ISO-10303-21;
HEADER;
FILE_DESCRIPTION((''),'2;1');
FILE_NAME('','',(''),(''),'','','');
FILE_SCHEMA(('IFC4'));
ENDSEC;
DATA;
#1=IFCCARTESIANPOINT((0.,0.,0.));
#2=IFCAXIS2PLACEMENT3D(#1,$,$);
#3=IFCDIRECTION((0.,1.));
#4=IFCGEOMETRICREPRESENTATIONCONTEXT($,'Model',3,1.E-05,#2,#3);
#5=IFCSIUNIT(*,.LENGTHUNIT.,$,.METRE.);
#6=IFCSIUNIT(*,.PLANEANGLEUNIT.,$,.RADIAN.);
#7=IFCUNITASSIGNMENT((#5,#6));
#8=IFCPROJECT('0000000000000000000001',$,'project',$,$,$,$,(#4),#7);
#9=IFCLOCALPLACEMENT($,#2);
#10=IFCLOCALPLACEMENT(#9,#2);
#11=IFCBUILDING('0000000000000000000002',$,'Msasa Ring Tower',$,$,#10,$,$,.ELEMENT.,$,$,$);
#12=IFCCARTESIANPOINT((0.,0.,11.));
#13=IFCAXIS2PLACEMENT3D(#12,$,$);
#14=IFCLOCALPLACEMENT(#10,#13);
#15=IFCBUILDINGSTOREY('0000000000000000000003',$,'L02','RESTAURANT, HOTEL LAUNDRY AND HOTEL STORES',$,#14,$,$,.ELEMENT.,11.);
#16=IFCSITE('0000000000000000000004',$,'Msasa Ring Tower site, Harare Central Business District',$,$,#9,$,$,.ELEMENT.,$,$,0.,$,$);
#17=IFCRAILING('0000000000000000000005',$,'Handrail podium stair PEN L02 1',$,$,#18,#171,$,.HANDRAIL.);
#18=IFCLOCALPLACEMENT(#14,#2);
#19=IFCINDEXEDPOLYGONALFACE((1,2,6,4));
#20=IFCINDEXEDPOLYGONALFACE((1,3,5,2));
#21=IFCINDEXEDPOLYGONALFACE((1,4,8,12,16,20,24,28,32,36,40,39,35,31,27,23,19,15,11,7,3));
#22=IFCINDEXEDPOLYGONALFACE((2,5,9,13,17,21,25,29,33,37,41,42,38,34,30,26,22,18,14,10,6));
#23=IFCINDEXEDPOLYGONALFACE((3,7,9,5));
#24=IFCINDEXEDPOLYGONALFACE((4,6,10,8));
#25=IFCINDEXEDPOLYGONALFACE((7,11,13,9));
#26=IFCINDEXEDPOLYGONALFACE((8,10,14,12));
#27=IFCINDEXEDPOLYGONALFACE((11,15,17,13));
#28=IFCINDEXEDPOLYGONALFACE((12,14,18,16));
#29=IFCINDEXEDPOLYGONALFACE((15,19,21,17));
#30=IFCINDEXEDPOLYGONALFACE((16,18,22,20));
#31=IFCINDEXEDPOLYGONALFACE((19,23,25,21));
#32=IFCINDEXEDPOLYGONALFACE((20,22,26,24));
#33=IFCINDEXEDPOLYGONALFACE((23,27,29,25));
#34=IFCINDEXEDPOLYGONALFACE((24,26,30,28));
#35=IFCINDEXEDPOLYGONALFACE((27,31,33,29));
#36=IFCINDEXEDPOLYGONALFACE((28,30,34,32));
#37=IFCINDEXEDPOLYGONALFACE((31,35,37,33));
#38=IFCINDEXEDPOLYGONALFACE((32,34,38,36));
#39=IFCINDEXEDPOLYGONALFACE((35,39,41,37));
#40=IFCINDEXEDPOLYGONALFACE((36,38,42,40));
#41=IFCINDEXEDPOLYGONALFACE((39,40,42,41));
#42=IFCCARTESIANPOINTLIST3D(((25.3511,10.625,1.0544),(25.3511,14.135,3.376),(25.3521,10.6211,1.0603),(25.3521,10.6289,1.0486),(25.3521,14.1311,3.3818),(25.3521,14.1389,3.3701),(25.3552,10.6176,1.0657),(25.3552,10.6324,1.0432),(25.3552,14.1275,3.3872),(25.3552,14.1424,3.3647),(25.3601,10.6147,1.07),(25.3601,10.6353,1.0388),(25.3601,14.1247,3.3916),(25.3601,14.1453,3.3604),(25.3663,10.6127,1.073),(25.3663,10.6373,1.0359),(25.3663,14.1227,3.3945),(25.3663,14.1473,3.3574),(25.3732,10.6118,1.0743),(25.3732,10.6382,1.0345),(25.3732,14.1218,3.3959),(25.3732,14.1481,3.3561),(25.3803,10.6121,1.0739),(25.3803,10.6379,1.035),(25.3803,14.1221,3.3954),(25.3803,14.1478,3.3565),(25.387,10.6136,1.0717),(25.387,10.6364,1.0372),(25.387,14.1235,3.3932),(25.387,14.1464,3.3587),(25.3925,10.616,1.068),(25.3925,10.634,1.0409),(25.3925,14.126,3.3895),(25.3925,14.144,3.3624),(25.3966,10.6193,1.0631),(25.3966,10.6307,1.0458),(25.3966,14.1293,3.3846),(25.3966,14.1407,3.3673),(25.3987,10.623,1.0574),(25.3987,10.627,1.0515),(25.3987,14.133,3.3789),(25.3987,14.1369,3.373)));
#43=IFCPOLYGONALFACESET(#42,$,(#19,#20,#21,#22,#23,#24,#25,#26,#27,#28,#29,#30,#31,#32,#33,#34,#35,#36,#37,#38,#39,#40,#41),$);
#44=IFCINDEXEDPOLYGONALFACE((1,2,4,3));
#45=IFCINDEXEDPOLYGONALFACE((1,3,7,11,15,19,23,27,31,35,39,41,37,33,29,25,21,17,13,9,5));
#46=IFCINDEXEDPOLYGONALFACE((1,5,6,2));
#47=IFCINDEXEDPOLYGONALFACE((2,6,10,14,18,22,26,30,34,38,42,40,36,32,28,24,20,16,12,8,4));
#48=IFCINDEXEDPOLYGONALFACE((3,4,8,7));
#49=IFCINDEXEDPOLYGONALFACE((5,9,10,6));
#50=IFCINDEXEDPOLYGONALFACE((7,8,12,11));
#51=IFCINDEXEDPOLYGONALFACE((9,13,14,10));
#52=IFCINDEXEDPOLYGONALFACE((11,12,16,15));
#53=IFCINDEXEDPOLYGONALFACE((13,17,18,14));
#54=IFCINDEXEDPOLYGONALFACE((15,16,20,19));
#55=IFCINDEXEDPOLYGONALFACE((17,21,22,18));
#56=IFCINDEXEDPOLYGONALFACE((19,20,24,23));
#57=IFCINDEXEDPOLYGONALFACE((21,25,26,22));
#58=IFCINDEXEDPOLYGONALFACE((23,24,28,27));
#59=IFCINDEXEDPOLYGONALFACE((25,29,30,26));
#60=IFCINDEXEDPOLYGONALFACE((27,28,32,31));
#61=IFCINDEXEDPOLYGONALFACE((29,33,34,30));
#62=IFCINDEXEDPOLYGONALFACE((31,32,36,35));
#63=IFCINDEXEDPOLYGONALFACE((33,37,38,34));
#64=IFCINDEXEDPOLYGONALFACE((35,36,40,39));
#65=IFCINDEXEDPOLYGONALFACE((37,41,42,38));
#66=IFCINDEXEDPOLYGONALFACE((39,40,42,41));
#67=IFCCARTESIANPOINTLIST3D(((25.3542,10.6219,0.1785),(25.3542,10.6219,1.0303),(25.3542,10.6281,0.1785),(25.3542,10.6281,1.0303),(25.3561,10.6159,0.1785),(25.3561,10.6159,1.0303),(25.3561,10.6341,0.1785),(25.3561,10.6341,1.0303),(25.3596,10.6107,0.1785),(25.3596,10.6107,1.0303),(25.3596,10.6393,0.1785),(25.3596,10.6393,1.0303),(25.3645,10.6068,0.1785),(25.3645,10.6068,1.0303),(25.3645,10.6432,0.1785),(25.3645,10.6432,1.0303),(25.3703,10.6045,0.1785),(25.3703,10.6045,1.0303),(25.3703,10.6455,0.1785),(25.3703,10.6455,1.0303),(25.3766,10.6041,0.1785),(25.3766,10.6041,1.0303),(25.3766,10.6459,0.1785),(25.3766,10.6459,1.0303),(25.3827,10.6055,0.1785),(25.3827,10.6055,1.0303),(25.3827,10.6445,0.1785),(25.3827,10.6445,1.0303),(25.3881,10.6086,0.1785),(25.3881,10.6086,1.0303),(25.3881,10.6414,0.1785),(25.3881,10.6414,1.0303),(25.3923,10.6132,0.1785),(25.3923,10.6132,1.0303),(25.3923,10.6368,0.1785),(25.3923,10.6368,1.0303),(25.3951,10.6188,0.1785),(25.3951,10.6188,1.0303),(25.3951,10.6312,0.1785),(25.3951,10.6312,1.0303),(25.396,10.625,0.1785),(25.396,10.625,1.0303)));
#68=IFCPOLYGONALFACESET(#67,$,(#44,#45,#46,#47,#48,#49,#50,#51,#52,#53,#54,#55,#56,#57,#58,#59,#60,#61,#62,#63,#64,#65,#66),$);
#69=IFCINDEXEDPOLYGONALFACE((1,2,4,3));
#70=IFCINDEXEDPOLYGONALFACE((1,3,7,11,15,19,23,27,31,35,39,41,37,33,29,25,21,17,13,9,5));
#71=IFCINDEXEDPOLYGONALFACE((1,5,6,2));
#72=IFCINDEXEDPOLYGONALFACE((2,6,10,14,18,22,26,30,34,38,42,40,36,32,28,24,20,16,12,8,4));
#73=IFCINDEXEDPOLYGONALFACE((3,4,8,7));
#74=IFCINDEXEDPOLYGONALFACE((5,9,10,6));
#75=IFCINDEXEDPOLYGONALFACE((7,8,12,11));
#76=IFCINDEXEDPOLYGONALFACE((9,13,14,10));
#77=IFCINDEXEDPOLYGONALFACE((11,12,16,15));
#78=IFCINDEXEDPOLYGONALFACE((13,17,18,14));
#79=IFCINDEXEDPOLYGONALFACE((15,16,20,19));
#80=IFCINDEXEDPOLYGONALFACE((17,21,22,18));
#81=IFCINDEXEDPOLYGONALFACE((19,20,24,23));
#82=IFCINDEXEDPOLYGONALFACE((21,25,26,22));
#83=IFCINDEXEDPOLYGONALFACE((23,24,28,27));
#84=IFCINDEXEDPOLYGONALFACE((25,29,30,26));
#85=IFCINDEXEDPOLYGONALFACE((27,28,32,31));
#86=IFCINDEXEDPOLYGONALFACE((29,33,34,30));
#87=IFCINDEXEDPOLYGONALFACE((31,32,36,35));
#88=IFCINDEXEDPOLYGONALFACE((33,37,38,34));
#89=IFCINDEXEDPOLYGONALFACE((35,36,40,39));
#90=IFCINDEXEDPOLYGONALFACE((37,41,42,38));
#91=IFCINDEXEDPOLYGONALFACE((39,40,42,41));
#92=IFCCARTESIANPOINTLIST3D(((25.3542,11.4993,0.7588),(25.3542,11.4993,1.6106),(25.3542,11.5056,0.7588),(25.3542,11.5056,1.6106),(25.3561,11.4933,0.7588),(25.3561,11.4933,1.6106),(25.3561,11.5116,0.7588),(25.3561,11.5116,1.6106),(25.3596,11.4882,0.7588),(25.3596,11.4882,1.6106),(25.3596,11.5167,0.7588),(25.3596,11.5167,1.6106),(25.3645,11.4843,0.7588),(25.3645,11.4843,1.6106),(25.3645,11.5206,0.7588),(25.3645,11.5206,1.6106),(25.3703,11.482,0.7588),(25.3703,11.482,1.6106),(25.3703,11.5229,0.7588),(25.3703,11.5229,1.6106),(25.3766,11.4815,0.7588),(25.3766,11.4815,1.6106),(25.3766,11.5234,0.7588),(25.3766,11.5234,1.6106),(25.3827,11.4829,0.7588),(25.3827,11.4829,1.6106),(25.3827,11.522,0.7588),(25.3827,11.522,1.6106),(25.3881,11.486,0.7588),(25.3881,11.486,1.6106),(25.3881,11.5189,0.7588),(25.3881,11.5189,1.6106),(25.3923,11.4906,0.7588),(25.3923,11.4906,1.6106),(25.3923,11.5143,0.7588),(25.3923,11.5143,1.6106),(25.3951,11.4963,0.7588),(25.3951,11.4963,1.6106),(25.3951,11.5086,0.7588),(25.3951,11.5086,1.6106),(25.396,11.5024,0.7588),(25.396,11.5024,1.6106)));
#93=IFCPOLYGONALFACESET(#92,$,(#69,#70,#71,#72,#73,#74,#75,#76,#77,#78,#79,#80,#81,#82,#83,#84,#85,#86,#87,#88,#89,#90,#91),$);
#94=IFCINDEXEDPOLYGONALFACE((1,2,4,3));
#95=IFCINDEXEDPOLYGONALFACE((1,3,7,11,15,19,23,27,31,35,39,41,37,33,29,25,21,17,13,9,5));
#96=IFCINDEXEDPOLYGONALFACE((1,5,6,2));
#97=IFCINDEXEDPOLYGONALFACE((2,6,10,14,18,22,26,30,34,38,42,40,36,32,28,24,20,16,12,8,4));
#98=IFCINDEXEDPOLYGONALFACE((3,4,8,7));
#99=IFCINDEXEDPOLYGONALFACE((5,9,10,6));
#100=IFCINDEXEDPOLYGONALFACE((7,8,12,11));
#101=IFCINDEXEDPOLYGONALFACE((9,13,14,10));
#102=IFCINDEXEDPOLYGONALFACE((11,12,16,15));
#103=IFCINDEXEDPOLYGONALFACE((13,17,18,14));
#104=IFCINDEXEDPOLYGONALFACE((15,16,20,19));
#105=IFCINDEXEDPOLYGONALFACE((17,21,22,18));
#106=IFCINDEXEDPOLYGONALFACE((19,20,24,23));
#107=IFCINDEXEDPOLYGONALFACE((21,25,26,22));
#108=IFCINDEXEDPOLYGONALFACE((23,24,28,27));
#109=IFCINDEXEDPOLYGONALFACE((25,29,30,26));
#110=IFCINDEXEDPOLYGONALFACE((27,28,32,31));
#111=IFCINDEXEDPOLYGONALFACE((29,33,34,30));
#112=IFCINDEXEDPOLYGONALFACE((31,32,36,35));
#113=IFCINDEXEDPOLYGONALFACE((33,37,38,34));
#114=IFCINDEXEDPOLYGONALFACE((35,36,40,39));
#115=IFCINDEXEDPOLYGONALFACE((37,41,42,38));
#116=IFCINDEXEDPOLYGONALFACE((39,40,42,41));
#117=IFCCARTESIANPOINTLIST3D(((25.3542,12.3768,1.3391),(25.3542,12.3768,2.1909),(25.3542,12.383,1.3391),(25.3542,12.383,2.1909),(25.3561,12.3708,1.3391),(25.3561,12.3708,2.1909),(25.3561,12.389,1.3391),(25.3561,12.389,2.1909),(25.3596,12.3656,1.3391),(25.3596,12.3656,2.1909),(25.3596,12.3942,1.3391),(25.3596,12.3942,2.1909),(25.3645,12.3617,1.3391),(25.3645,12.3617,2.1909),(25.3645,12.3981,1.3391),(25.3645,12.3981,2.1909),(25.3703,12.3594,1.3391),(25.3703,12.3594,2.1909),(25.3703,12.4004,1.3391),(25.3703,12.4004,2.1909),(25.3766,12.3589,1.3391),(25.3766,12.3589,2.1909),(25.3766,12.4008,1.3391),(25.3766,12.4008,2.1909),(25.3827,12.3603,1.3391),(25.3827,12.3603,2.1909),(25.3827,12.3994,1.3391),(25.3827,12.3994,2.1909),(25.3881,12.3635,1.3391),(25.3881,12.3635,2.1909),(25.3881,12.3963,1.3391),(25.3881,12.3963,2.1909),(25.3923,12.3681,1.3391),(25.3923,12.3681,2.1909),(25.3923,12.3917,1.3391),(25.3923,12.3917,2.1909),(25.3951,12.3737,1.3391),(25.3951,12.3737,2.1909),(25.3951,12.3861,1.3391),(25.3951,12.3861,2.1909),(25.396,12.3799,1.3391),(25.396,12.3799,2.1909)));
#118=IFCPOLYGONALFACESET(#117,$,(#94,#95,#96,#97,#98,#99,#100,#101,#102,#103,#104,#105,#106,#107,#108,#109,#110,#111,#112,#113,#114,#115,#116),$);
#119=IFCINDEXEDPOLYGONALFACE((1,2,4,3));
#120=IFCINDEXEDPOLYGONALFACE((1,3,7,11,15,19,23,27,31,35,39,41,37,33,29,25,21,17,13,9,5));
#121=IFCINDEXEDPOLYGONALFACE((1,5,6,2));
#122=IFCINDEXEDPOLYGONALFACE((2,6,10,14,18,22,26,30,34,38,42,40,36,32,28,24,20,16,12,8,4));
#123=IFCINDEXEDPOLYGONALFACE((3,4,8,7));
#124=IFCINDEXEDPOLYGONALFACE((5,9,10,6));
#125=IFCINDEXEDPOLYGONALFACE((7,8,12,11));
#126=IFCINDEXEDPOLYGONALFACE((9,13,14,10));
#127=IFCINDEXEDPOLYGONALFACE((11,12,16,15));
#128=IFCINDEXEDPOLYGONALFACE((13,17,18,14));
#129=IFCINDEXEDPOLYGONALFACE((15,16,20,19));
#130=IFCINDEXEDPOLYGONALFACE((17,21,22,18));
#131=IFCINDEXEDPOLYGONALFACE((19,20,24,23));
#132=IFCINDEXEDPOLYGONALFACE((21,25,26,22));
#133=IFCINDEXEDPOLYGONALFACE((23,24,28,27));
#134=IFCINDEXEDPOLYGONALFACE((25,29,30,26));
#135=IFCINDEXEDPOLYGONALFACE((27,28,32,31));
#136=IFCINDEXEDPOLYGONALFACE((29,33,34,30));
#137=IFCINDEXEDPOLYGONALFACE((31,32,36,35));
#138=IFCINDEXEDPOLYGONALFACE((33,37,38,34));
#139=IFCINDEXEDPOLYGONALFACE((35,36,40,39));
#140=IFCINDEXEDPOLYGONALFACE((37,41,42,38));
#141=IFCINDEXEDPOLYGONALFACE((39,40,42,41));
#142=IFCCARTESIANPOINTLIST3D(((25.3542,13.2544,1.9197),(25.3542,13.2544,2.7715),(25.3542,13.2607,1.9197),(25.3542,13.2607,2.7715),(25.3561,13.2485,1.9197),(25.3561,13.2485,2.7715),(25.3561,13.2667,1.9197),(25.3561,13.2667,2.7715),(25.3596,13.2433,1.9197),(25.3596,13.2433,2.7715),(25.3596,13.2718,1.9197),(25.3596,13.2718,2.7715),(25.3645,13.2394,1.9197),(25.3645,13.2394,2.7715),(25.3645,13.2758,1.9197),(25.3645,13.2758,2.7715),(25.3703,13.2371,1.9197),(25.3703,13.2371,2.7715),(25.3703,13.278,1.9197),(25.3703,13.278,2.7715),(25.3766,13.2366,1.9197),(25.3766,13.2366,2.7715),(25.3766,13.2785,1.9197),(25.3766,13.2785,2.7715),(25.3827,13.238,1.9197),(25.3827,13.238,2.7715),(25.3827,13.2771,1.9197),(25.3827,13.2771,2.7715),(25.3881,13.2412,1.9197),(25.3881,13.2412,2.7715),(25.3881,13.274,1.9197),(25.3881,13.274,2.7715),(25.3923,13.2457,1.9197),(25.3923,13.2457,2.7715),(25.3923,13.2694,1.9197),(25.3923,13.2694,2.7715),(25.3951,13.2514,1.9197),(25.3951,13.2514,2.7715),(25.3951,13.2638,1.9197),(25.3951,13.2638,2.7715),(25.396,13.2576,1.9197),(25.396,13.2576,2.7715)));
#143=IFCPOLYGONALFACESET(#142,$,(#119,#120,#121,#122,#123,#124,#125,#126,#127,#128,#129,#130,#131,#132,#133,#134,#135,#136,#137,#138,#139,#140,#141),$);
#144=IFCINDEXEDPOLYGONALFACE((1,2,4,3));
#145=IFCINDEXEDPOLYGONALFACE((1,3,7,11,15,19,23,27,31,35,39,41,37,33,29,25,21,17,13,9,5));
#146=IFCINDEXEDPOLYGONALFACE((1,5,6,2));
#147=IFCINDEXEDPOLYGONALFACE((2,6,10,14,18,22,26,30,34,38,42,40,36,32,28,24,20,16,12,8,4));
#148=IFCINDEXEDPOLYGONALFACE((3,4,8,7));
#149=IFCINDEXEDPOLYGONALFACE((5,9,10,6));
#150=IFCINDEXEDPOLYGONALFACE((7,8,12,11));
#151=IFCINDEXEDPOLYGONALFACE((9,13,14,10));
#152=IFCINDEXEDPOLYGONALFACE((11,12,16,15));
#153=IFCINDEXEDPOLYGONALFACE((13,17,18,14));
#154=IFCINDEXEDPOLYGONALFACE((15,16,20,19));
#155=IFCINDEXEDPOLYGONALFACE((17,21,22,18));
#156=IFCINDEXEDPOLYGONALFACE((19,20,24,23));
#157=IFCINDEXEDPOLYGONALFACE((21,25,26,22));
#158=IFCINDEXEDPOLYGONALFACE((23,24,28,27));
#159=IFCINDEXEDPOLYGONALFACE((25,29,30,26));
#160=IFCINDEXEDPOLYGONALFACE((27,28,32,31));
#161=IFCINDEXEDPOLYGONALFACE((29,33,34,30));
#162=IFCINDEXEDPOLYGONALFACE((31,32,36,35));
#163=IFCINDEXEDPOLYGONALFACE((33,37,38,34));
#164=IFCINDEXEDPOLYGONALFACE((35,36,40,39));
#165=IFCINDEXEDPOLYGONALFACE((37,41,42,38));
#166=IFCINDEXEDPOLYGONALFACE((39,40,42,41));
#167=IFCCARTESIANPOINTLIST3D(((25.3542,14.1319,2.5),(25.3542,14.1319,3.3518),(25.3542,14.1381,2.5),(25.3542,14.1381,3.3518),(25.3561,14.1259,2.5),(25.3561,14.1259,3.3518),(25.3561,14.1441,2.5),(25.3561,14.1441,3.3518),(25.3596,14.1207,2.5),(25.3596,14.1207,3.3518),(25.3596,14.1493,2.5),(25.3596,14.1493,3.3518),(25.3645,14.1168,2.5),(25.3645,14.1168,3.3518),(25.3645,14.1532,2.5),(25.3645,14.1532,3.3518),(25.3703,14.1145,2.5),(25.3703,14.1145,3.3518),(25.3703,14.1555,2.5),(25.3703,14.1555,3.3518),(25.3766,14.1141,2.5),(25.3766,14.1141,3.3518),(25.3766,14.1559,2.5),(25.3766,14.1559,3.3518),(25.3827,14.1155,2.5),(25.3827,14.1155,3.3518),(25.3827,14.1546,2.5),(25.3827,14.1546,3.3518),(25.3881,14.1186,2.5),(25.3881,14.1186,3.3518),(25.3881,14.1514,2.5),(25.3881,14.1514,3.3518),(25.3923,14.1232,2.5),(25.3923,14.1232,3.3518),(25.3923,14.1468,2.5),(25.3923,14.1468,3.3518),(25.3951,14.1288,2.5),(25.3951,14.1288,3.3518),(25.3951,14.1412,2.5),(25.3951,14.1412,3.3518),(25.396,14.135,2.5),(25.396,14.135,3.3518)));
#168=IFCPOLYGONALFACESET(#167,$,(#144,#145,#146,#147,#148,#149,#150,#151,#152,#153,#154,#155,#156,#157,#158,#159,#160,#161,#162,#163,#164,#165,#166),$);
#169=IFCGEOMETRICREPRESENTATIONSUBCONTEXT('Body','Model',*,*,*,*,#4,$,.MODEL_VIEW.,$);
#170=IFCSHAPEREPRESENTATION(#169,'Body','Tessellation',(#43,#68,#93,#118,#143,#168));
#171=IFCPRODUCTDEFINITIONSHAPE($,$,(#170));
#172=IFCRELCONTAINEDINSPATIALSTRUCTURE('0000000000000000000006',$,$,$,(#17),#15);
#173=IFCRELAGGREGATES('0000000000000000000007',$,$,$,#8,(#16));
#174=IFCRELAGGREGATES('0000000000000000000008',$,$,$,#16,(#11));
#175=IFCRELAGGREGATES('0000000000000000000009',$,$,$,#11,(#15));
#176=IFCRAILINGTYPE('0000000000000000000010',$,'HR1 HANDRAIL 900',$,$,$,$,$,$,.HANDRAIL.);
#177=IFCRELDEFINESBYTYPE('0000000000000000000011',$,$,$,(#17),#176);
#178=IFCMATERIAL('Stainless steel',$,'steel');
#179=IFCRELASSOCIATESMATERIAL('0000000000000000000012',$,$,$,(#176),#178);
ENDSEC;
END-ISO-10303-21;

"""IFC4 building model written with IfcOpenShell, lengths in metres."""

from ifc_helpers import new_model, si_unit, direction, frame, origin, origin_2d, place, context, subcontext, project, spatial, circle, extrude, material, type_object, element, save


model = new_model("IFC4")

# Units and contexts
model_context = context("Model", 3, precision=1e-05, world=origin(), true_north=direction((0.0, 1.0)))
body_context = subcontext(model_context, "Body", "Model", "MODEL_VIEW")
ifc_project = project(units=[si_unit("LENGTHUNIT", "METRE"), si_unit("PLANEANGLEUNIT", "RADIAN")], contexts=[model_context])

# Site, building, storey
site_placement = place(None, origin())
site = spatial("IfcSite", under=ifc_project, at=site_placement, Name="Msasa Ring Tower site, Harare Central Business District", CompositionType="ELEMENT", RefElevation=0.0)
building_placement = place(site_placement, origin())
building = spatial("IfcBuilding", under=site, at=building_placement, Name="Msasa Ring Tower", CompositionType="ELEMENT")
storey_placement = place(building_placement, frame((0.0, 0.0, 11.0)))
storey = spatial("IfcBuildingStorey", under=building, at=storey_placement, Name="L02", Description="RESTAURANT, HOTEL LAUNDRY AND HOTEL STORES", CompositionType="ELEMENT", Elevation=11.0)

# Railing
ifc_material_1 = material(Name="Stainless steel", Category="steel")
railing_type = type_object("IfcRailingType", Name="HR1 HANDRAIL 900", PredefinedType="HANDRAIL", material=ifc_material_1)
railing_placement = place(storey_placement, frame((25.375, 10.625, 0.1785)))
element("IfcRailing", 1, at=railing_placement, inside=storey, type_object=railing_type, Name="Handrail podium stair PEN L02 1", PredefinedType="HANDRAIL", context=body_context, shape_type="SweptSolid", body=[
    extrude(circle(Radius=0.0239, at=origin_2d()), frame((0.0, 0.0, 0.876), z_axis=(0.0, 0.834071, 0.551657), x_axis=(-1.0, 0.0, 0.0)), (0.0, 0.0, 1.0), 4.2083),
    extrude(circle(Radius=0.021, at=origin_2d()), origin(), (0.0, 0.0, 1.0), 0.8518),
    extrude(circle(Radius=0.021, at=origin_2d()), frame((0.0, 0.8774, 0.5803)), (0.0, 0.0, 1.0), 0.8518),
    extrude(circle(Radius=0.021, at=origin_2d()), frame((0.0, 1.7549, 1.1606)), (0.0, 0.0, 1.0), 0.8518),
    extrude(circle(Radius=0.021, at=origin_2d()), frame((0.0, 2.6326, 1.7412)), (0.0, 0.0, 1.0), 0.8518),
    extrude(circle(Radius=0.021, at=origin_2d()), frame((0.0, 3.51, 2.3215)), (0.0, 0.0, 1.0), 0.8518),
])

save(model, "model.ifc")
